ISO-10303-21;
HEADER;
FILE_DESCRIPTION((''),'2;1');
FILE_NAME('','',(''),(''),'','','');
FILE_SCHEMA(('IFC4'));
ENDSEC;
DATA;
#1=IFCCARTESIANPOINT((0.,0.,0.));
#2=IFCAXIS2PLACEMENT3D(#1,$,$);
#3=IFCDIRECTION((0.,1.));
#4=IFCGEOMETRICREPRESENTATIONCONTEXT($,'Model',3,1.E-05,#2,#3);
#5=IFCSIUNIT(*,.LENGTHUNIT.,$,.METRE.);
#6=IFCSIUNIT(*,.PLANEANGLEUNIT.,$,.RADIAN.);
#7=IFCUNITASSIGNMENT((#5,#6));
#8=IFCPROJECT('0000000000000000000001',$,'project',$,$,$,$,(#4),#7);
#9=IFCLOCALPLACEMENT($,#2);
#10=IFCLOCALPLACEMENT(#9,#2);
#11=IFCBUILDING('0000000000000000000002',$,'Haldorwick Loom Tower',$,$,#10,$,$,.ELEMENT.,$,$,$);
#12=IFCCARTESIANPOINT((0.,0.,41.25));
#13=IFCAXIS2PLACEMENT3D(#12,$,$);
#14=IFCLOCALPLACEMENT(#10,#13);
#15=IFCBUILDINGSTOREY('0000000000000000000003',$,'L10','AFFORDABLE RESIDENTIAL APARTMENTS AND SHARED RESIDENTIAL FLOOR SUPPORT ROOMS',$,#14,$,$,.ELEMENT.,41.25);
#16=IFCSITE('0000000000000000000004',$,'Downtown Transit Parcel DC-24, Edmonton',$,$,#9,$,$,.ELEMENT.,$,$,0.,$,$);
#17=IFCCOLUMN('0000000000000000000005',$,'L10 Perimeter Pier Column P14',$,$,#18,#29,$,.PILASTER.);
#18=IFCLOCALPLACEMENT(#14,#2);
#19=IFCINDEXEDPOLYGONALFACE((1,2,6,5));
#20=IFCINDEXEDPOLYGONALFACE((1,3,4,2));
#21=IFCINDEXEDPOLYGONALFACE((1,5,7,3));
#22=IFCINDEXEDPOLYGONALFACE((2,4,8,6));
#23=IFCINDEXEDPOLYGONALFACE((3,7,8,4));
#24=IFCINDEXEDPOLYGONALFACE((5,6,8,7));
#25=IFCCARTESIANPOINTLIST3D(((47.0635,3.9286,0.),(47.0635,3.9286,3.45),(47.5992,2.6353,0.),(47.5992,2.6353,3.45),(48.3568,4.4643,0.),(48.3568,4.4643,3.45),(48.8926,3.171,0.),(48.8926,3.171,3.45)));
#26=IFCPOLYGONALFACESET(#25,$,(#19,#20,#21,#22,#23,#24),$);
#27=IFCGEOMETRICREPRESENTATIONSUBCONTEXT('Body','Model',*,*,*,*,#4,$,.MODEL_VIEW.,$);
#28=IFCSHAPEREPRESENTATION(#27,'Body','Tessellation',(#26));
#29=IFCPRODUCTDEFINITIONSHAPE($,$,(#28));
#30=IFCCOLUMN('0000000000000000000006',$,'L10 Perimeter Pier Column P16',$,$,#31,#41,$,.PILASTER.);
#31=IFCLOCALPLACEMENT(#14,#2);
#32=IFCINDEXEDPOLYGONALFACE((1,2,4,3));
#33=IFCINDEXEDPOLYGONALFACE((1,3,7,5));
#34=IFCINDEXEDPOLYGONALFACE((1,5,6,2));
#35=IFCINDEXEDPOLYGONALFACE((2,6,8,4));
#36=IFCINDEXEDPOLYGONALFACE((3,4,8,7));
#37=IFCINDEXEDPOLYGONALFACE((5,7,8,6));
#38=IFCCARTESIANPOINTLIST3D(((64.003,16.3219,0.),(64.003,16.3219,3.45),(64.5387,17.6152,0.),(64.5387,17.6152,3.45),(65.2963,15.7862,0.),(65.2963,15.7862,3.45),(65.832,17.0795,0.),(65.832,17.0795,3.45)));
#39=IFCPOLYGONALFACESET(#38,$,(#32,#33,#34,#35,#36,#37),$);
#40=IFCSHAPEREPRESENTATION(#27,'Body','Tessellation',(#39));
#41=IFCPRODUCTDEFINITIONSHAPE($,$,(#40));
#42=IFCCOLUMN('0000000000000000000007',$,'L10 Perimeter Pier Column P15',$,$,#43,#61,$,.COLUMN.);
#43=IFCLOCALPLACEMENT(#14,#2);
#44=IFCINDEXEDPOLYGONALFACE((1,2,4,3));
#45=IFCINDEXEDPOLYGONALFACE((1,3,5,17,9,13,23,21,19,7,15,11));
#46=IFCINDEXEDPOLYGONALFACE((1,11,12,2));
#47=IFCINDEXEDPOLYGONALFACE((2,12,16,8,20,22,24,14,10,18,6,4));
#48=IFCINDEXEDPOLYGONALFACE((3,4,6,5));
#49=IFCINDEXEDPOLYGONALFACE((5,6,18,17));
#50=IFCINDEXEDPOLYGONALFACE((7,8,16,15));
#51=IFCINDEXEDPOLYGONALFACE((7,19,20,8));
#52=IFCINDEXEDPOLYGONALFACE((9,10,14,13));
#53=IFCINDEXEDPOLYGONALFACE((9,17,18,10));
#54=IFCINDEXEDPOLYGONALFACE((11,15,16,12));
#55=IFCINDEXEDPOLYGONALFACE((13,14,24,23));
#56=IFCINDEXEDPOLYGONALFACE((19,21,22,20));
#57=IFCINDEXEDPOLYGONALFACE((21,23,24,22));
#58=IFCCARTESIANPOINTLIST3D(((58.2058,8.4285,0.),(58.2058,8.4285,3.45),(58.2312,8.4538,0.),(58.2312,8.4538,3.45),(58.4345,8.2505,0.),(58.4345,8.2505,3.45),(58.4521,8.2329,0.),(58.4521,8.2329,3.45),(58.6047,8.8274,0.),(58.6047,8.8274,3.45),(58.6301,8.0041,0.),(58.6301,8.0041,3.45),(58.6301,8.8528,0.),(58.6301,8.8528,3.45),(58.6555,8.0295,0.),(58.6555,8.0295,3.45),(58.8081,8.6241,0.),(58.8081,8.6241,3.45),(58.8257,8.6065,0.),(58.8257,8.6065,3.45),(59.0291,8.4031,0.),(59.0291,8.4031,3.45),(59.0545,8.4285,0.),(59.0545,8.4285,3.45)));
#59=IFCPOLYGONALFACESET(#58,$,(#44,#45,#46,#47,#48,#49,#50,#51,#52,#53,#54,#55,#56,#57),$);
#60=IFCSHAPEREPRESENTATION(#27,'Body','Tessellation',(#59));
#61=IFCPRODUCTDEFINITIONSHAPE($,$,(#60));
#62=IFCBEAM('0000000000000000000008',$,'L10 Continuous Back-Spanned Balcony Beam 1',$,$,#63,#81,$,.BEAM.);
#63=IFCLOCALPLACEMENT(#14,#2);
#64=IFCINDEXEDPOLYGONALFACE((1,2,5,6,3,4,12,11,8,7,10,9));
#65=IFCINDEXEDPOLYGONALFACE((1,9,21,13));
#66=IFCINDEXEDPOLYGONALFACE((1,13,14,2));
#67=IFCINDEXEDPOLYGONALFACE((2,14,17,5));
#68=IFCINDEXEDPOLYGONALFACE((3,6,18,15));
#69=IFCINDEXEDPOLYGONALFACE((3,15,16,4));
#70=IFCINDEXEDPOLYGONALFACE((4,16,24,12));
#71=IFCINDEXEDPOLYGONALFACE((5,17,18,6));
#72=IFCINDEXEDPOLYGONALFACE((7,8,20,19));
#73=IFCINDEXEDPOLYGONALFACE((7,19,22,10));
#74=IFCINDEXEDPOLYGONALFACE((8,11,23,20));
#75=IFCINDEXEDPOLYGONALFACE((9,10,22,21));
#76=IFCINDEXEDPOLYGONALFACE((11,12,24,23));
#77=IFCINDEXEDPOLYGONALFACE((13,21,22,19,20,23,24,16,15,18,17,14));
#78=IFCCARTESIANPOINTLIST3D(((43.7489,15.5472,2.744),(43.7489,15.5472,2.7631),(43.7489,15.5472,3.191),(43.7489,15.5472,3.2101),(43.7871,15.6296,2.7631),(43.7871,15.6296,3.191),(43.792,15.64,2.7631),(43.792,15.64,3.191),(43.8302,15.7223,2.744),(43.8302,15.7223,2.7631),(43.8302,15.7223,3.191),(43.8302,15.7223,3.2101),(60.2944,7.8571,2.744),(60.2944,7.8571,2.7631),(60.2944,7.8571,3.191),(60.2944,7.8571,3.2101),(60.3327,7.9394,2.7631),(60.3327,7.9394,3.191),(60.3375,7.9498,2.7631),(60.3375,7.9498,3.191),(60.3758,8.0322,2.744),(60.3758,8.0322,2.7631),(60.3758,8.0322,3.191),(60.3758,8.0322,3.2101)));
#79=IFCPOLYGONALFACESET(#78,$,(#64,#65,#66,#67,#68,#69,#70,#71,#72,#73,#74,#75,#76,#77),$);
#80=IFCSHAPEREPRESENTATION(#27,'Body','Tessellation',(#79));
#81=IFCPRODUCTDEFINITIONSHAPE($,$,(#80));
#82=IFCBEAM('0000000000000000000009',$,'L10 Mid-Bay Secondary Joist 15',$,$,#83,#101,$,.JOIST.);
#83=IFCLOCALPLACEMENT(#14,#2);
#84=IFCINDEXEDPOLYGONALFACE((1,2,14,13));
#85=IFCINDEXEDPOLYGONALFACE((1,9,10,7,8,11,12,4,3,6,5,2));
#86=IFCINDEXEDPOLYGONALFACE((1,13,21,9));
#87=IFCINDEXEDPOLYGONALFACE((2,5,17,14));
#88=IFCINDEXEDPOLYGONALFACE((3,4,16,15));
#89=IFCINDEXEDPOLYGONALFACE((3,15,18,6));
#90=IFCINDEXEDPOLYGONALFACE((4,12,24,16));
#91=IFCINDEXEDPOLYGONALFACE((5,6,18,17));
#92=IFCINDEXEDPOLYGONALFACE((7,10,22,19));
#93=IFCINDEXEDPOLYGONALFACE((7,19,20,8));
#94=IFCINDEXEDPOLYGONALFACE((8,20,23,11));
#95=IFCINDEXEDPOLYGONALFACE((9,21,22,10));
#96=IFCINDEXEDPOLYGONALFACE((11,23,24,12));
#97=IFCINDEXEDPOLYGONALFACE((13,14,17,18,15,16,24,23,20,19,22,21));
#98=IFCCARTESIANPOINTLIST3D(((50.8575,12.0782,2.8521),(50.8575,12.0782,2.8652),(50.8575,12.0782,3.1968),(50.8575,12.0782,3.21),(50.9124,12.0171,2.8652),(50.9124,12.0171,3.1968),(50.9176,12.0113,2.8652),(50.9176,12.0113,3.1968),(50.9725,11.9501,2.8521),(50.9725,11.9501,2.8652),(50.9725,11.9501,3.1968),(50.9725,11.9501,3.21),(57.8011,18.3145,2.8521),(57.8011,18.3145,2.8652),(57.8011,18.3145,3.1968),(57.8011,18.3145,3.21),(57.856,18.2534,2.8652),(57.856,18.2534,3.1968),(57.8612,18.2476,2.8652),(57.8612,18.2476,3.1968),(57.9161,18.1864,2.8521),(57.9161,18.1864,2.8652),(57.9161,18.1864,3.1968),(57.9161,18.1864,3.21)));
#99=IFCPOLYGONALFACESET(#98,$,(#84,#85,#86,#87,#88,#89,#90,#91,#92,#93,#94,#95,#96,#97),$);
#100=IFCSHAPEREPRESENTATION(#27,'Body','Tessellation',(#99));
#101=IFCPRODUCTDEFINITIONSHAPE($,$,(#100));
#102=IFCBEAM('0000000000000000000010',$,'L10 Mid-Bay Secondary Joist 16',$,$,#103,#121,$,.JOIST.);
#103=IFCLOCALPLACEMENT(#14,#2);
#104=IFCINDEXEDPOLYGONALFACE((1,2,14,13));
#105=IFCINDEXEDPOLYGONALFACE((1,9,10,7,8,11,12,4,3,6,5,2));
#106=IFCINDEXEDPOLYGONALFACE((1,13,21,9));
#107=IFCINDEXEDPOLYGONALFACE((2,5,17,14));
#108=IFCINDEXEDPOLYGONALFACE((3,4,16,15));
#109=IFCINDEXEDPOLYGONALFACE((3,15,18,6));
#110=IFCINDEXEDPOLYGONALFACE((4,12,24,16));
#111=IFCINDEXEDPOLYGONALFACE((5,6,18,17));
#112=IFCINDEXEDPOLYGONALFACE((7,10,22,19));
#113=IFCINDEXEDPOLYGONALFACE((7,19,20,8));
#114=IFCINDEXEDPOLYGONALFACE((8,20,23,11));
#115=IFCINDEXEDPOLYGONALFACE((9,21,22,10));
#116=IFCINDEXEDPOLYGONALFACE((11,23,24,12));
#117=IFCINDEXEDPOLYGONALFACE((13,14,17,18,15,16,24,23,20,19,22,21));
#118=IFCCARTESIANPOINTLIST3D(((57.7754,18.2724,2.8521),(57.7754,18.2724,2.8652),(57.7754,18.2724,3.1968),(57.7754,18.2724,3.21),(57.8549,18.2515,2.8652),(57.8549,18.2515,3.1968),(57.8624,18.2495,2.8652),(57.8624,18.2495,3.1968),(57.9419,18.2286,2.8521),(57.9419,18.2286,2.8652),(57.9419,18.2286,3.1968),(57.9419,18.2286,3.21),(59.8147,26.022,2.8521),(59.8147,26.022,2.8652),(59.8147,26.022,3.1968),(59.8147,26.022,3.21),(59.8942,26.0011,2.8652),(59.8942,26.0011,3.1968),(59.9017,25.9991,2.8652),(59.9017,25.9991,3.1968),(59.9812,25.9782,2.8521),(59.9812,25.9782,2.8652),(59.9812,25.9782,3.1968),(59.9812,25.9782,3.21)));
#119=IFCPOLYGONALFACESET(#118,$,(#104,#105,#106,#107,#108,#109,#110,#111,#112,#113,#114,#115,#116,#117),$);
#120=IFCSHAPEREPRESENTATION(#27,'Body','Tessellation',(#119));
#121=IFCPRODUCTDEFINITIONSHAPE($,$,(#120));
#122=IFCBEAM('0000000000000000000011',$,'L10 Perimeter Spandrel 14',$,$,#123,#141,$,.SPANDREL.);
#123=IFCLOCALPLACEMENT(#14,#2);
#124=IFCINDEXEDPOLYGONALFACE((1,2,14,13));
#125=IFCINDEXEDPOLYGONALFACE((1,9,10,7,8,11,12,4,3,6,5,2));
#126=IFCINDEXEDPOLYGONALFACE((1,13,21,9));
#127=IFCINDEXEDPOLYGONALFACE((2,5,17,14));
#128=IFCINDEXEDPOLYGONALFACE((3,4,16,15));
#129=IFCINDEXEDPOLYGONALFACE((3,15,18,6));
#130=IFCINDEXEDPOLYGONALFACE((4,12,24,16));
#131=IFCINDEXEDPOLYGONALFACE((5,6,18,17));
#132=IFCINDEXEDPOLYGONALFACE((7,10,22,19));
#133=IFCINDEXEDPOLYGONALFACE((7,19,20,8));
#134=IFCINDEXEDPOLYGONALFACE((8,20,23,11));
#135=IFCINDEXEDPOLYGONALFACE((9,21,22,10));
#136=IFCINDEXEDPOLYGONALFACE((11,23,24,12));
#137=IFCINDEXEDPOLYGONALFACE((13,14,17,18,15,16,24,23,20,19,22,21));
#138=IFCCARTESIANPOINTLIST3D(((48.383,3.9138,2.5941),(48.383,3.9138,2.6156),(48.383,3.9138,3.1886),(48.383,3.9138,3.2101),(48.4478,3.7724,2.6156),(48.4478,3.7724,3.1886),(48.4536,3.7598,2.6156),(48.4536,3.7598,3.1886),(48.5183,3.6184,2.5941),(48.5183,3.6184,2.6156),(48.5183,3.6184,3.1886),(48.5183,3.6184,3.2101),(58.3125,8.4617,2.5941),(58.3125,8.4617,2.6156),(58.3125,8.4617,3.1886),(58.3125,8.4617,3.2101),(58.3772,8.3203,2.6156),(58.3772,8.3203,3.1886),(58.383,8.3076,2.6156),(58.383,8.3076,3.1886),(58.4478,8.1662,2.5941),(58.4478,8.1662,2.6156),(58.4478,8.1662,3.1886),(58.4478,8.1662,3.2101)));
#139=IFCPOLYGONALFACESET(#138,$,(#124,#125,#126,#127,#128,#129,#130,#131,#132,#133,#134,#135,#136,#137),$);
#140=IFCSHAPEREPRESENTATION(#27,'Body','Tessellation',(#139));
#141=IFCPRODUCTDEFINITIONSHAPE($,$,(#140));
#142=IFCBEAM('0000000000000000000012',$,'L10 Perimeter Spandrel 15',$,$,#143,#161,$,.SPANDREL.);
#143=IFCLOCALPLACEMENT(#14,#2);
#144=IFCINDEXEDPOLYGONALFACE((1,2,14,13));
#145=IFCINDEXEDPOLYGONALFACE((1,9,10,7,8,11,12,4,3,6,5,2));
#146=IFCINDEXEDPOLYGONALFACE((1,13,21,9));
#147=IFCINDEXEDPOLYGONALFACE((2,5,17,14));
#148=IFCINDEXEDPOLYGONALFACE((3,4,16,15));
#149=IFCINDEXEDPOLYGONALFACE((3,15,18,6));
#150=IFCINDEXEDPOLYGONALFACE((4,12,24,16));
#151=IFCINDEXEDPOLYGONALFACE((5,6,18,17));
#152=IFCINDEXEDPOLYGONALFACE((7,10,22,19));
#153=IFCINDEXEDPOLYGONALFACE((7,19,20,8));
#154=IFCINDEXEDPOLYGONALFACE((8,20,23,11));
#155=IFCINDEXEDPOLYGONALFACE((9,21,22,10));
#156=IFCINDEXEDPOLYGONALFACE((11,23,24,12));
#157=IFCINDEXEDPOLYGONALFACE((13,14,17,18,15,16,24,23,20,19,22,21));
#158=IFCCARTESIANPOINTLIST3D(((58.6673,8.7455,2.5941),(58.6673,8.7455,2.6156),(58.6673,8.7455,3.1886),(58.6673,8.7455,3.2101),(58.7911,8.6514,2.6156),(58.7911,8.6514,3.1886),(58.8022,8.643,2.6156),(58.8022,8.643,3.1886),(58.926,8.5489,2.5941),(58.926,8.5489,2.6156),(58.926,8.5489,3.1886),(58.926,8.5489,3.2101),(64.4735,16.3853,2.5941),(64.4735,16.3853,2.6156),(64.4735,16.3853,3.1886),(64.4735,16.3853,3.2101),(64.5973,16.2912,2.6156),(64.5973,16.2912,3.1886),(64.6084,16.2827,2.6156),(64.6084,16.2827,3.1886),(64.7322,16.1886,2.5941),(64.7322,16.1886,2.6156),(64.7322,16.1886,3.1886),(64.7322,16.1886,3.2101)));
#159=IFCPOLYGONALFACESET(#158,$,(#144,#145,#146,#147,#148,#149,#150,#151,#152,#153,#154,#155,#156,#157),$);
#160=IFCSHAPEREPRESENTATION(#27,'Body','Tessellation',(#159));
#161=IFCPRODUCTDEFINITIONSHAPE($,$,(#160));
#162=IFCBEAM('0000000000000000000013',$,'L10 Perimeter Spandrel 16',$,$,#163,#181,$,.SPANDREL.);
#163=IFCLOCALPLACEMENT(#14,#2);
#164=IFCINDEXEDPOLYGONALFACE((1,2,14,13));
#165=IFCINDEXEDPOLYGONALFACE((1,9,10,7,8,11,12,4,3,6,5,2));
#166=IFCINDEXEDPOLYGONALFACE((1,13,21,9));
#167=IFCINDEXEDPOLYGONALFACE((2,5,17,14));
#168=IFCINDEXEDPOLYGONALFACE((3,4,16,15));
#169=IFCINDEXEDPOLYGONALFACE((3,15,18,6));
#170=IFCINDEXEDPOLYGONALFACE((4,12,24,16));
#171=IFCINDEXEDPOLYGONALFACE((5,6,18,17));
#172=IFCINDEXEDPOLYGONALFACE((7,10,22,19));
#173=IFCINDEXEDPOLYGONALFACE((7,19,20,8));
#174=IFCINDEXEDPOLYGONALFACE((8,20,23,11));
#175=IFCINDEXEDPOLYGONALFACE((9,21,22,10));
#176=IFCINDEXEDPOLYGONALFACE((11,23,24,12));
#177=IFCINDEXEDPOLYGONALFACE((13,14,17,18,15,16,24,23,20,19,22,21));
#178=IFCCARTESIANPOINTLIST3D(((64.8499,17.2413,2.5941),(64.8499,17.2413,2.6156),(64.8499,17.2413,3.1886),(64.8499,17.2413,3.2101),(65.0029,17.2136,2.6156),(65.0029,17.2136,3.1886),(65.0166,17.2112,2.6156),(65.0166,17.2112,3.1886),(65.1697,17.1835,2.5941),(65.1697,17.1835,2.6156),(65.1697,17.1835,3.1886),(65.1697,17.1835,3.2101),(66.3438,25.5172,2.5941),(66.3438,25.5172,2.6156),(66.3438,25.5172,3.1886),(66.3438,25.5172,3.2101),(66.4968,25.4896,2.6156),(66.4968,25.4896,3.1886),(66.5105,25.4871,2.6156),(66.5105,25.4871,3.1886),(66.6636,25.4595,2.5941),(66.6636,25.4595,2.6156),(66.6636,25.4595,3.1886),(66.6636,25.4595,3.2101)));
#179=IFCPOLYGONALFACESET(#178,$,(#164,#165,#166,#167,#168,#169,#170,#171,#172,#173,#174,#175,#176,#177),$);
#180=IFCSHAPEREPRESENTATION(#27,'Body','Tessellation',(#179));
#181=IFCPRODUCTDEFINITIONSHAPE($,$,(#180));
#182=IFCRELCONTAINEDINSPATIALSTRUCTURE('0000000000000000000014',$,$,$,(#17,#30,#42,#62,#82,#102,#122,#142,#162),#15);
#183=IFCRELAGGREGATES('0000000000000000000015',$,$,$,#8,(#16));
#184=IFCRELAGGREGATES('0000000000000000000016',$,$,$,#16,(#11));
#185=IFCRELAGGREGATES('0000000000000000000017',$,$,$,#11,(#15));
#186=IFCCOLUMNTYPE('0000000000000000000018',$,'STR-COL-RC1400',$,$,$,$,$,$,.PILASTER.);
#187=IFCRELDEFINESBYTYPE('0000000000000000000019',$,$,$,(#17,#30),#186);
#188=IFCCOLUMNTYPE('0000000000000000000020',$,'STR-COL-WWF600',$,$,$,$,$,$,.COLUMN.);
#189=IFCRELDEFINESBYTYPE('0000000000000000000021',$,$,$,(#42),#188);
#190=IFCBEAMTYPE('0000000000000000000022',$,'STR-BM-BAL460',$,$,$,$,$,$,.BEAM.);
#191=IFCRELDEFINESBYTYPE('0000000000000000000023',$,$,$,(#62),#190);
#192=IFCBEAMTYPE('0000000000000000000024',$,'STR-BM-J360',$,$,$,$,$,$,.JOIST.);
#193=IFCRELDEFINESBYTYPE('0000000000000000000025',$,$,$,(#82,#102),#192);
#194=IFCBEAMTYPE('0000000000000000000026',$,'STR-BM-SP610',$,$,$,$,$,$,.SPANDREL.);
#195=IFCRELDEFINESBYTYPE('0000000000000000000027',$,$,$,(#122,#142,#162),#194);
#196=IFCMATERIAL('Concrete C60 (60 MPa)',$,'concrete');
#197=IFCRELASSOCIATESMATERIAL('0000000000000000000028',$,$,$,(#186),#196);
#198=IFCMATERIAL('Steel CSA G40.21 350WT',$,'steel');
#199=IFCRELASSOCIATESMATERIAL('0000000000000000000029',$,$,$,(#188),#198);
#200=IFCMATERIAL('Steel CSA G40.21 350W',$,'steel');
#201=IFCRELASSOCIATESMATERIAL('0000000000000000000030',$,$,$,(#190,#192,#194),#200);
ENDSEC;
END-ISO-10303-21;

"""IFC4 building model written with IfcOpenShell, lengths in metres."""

from ifc_helpers import new_model, si_unit, direction, frame, origin, origin_2d, place, context, subcontext, project, spatial, rectangle, i_section, extrude, material, material_profile, profile_set, type_object, element, save


model = new_model("IFC4")

# Units and contexts
model_context = context("Model", 3, precision=1e-05, world=origin(), true_north=direction((0.0, 1.0)))
body_context = subcontext(model_context, "Body", "Model", "MODEL_VIEW")
ifc_project = project(units=[si_unit("LENGTHUNIT", "METRE"), si_unit("PLANEANGLEUNIT", "RADIAN")], contexts=[model_context])

# Site, building, storey
site_placement = place(None, origin())
site = spatial("IfcSite", under=ifc_project, at=site_placement, Name="Downtown Transit Parcel DC-24, Edmonton", CompositionType="ELEMENT", RefElevation=0.0)
building_placement = place(site_placement, origin())
building = spatial("IfcBuilding", under=site, at=building_placement, Name="Haldorwick Loom Tower", CompositionType="ELEMENT")
storey_placement = place(building_placement, frame((0.0, 0.0, 41.25)))
storey = spatial("IfcBuildingStorey", under=building, at=storey_placement, Name="L10", Description="AFFORDABLE RESIDENTIAL APARTMENTS AND SHARED RESIDENTIAL FLOOR SUPPORT ROOMS", CompositionType="ELEMENT", Elevation=41.25)

# Columns
ifc_material_1 = material(Name="Concrete C60 (60 MPa)", Category="concrete")
ifc_material_profile_1 = material_profile(ifc_material_1, rectangle(XDim=1.3999, YDim=1.3999, at=origin_2d()), Name="RC1400X1400", Category="concrete")
ifc_profile_set_1 = profile_set([ifc_material_profile_1], Name="Concrete C60 (60 MPa)")
column_type_1 = type_object("IfcColumnType", Name="STR-COL-RC1400", PredefinedType="PILASTER", material=ifc_profile_set_1)
for number, where, z_axis, x_axis, name in (
    (1, (47.978, 3.5498, 0.0), (0.0, 0.0, 1.0), (0.382683, -0.92388, 0.0), "L10 Perimeter Pier Column P14"),
    (2, (64.9175, 16.7007, 0.0), (0.0, 0.0, 1.0), (0.92388, -0.382683, 0.0), "L10 Perimeter Pier Column P16"),
):
    element("IfcColumn", number, at=place(storey_placement, frame(where, z_axis=z_axis, x_axis=x_axis)), inside=storey, type_object=column_type_1, Name=name, PredefinedType="PILASTER", context=body_context, shape_type="SweptSolid", body=[
        extrude(rectangle(XDim=1.3999, YDim=1.3999, at=origin_2d()), origin(), (0.0, 0.0, 1.0), 3.45),
    ])
ifc_material_2 = material(Name="Steel CSA G40.21 350WT", Category="steel")
ifc_material_profile_2 = material_profile(ifc_material_2, i_section(OverallWidth=0.6001, OverallDepth=0.6001, WebThickness=0.0249, FlangeThickness=0.0359, at=origin_2d()), Name="WWF600X600", Category="steel")
ifc_profile_set_2 = profile_set([ifc_material_profile_2], Name="Steel CSA G40.21 350WT")
column_type_2 = type_object("IfcColumnType", Name="STR-COL-WWF600", PredefinedType="COLUMN", material=ifc_profile_set_2)
column_placement = place(storey_placement, frame((58.6301, 8.4285, 0.0), z_axis=(0.0, 0.0, 1.0), x_axis=(0.707107, -0.707107, 0.0)))
element("IfcColumn", 3, at=column_placement, inside=storey, type_object=column_type_2, Name="L10 Perimeter Pier Column P15", PredefinedType="COLUMN", context=body_context, shape_type="SweptSolid", body=[
    extrude(i_section(OverallWidth=0.6001, OverallDepth=0.6001, WebThickness=0.0249, FlangeThickness=0.0359, at=origin_2d()), origin(), (0.0, 0.0, 1.0), 3.45),
])

# Beams
ifc_material_3 = material(Name="Steel CSA G40.21 350W", Category="steel")
ifc_material_profile_3 = material_profile(ifc_material_3, i_section(OverallWidth=0.1931, OverallDepth=0.4661, WebThickness=0.0115, FlangeThickness=0.019, at=origin_2d()), Name="W460X97", Category="steel")
ifc_profile_set_3 = profile_set([ifc_material_profile_3], Name="Steel CSA G40.21 350W")
beam_type_1 = type_object("IfcBeamType", Name="STR-BM-BAL460", PredefinedType="BEAM", material=ifc_profile_set_3)
beam_1_placement = place(storey_placement, frame((43.7896, 15.6348, 2.9771), z_axis=(0.906836, -0.421484, 0.0), x_axis=(0.421484, 0.906836, 0.0)))
element("IfcBeam", 4, at=beam_1_placement, inside=storey, type_object=beam_type_1, Name="L10 Continuous Back-Spanned Balcony Beam 1", PredefinedType="BEAM", context=body_context, shape_type="SweptSolid", body=[
    extrude(i_section(OverallWidth=0.1931, OverallDepth=0.4661, WebThickness=0.0115, FlangeThickness=0.019, at=origin_2d()), origin(), (0.0, 0.0, 1.0), 18.2454),
])
ifc_material_profile_4 = material_profile(ifc_material_3, i_section(OverallWidth=0.1721, OverallDepth=0.3579, WebThickness=0.0078, FlangeThickness=0.0132, at=origin_2d()), Name="W360X57", Category="steel")
ifc_profile_set_4 = profile_set([ifc_material_profile_4], Name="Steel CSA G40.21 350W")
beam_type_2 = type_object("IfcBeamType", Name="STR-BM-J360", PredefinedType="JOIST", material=ifc_profile_set_4)
beam_2_placement = place(storey_placement, frame((50.915, 12.0142, 3.031), z_axis=(0.743982, 0.6682, 0.0), x_axis=(-0.6682, 0.743982, 0.0)))
element("IfcBeam", 5, at=beam_2_placement, inside=storey, type_object=beam_type_2, Name="L10 Mid-Bay Secondary Joist 15", PredefinedType="JOIST", context=body_context, shape_type="SweptSolid", body=[
    extrude(i_section(OverallWidth=0.1721, OverallDepth=0.3579, WebThickness=0.0078, FlangeThickness=0.0132, at=origin_2d()), origin(), (0.0, 0.0, 1.0), 9.333),
])
beam_3_placement = place(storey_placement, frame((57.8586, 18.2505, 3.031), z_axis=(0.254489, 0.967076, 0.0), x_axis=(-0.967076, 0.254489, 0.0)))
element("IfcBeam", 6, at=beam_3_placement, inside=storey, type_object=beam_type_2, Name="L10 Mid-Bay Secondary Joist 16", PredefinedType="JOIST", context=body_context, shape_type="SweptSolid", body=[
    extrude(i_section(OverallWidth=0.1721, OverallDepth=0.3579, WebThickness=0.0078, FlangeThickness=0.0132, at=origin_2d()), origin(), (0.0, 0.0, 1.0), 8.0134),
])
ifc_material_profile_5 = material_profile(ifc_material_3, i_section(OverallWidth=0.325, OverallDepth=0.616, WebThickness=0.0139, FlangeThickness=0.0215, at=origin_2d()), Name="W610X174", Category="steel")
ifc_profile_set_5 = profile_set([ifc_material_profile_5], Name="Steel CSA G40.21 350W")
beam_type_3 = type_object("IfcBeamType", Name="STR-BM-SP610", PredefinedType="SPANDREL", material=ifc_profile_set_5)
beam_4_placement = place(storey_placement, frame((48.4507, 3.7661, 2.9021), z_axis=(0.909174, 0.416417, 0.0), x_axis=(-0.416417, 0.909174, 0.0)))
element("IfcBeam", 7, at=beam_4_placement, inside=storey, type_object=beam_type_3, Name="L10 Perimeter Spandrel 14", PredefinedType="SPANDREL", context=body_context, shape_type="SweptSolid", body=[
    extrude(i_section(OverallWidth=0.325, OverallDepth=0.616, WebThickness=0.0139, FlangeThickness=0.0215, at=origin_2d()), origin(), (0.0, 0.0, 1.0), 10.9214),
])
beam_5_placement = place(storey_placement, frame((58.7966, 8.6472, 2.9021), z_axis=(0.605085, 0.796161, 0.0), x_axis=(-0.796161, 0.605085, 0.0)))
element("IfcBeam", 8, at=beam_5_placement, inside=storey, type_object=beam_type_3, Name="L10 Perimeter Spandrel 15", PredefinedType="SPANDREL", context=body_context, shape_type="SweptSolid", body=[
    extrude(i_section(OverallWidth=0.325, OverallDepth=0.616, WebThickness=0.0139, FlangeThickness=0.0215, at=origin_2d()), origin(), (0.0, 0.0, 1.0), 9.5957),
])
beam_6_placement = place(storey_placement, frame((65.0098, 17.2124, 2.9021), z_axis=(0.177641, 0.984095, 0.0), x_axis=(-0.984095, 0.177641, 0.0)))
element("IfcBeam", 9, at=beam_6_placement, inside=storey, type_object=beam_type_3, Name="L10 Perimeter Spandrel 16", PredefinedType="SPANDREL", context=body_context, shape_type="SweptSolid", body=[
    extrude(i_section(OverallWidth=0.325, OverallDepth=0.616, WebThickness=0.0139, FlangeThickness=0.0215, at=origin_2d()), origin(), (0.0, 0.0, 1.0), 8.4097),
])

save(model, "model.ifc")
